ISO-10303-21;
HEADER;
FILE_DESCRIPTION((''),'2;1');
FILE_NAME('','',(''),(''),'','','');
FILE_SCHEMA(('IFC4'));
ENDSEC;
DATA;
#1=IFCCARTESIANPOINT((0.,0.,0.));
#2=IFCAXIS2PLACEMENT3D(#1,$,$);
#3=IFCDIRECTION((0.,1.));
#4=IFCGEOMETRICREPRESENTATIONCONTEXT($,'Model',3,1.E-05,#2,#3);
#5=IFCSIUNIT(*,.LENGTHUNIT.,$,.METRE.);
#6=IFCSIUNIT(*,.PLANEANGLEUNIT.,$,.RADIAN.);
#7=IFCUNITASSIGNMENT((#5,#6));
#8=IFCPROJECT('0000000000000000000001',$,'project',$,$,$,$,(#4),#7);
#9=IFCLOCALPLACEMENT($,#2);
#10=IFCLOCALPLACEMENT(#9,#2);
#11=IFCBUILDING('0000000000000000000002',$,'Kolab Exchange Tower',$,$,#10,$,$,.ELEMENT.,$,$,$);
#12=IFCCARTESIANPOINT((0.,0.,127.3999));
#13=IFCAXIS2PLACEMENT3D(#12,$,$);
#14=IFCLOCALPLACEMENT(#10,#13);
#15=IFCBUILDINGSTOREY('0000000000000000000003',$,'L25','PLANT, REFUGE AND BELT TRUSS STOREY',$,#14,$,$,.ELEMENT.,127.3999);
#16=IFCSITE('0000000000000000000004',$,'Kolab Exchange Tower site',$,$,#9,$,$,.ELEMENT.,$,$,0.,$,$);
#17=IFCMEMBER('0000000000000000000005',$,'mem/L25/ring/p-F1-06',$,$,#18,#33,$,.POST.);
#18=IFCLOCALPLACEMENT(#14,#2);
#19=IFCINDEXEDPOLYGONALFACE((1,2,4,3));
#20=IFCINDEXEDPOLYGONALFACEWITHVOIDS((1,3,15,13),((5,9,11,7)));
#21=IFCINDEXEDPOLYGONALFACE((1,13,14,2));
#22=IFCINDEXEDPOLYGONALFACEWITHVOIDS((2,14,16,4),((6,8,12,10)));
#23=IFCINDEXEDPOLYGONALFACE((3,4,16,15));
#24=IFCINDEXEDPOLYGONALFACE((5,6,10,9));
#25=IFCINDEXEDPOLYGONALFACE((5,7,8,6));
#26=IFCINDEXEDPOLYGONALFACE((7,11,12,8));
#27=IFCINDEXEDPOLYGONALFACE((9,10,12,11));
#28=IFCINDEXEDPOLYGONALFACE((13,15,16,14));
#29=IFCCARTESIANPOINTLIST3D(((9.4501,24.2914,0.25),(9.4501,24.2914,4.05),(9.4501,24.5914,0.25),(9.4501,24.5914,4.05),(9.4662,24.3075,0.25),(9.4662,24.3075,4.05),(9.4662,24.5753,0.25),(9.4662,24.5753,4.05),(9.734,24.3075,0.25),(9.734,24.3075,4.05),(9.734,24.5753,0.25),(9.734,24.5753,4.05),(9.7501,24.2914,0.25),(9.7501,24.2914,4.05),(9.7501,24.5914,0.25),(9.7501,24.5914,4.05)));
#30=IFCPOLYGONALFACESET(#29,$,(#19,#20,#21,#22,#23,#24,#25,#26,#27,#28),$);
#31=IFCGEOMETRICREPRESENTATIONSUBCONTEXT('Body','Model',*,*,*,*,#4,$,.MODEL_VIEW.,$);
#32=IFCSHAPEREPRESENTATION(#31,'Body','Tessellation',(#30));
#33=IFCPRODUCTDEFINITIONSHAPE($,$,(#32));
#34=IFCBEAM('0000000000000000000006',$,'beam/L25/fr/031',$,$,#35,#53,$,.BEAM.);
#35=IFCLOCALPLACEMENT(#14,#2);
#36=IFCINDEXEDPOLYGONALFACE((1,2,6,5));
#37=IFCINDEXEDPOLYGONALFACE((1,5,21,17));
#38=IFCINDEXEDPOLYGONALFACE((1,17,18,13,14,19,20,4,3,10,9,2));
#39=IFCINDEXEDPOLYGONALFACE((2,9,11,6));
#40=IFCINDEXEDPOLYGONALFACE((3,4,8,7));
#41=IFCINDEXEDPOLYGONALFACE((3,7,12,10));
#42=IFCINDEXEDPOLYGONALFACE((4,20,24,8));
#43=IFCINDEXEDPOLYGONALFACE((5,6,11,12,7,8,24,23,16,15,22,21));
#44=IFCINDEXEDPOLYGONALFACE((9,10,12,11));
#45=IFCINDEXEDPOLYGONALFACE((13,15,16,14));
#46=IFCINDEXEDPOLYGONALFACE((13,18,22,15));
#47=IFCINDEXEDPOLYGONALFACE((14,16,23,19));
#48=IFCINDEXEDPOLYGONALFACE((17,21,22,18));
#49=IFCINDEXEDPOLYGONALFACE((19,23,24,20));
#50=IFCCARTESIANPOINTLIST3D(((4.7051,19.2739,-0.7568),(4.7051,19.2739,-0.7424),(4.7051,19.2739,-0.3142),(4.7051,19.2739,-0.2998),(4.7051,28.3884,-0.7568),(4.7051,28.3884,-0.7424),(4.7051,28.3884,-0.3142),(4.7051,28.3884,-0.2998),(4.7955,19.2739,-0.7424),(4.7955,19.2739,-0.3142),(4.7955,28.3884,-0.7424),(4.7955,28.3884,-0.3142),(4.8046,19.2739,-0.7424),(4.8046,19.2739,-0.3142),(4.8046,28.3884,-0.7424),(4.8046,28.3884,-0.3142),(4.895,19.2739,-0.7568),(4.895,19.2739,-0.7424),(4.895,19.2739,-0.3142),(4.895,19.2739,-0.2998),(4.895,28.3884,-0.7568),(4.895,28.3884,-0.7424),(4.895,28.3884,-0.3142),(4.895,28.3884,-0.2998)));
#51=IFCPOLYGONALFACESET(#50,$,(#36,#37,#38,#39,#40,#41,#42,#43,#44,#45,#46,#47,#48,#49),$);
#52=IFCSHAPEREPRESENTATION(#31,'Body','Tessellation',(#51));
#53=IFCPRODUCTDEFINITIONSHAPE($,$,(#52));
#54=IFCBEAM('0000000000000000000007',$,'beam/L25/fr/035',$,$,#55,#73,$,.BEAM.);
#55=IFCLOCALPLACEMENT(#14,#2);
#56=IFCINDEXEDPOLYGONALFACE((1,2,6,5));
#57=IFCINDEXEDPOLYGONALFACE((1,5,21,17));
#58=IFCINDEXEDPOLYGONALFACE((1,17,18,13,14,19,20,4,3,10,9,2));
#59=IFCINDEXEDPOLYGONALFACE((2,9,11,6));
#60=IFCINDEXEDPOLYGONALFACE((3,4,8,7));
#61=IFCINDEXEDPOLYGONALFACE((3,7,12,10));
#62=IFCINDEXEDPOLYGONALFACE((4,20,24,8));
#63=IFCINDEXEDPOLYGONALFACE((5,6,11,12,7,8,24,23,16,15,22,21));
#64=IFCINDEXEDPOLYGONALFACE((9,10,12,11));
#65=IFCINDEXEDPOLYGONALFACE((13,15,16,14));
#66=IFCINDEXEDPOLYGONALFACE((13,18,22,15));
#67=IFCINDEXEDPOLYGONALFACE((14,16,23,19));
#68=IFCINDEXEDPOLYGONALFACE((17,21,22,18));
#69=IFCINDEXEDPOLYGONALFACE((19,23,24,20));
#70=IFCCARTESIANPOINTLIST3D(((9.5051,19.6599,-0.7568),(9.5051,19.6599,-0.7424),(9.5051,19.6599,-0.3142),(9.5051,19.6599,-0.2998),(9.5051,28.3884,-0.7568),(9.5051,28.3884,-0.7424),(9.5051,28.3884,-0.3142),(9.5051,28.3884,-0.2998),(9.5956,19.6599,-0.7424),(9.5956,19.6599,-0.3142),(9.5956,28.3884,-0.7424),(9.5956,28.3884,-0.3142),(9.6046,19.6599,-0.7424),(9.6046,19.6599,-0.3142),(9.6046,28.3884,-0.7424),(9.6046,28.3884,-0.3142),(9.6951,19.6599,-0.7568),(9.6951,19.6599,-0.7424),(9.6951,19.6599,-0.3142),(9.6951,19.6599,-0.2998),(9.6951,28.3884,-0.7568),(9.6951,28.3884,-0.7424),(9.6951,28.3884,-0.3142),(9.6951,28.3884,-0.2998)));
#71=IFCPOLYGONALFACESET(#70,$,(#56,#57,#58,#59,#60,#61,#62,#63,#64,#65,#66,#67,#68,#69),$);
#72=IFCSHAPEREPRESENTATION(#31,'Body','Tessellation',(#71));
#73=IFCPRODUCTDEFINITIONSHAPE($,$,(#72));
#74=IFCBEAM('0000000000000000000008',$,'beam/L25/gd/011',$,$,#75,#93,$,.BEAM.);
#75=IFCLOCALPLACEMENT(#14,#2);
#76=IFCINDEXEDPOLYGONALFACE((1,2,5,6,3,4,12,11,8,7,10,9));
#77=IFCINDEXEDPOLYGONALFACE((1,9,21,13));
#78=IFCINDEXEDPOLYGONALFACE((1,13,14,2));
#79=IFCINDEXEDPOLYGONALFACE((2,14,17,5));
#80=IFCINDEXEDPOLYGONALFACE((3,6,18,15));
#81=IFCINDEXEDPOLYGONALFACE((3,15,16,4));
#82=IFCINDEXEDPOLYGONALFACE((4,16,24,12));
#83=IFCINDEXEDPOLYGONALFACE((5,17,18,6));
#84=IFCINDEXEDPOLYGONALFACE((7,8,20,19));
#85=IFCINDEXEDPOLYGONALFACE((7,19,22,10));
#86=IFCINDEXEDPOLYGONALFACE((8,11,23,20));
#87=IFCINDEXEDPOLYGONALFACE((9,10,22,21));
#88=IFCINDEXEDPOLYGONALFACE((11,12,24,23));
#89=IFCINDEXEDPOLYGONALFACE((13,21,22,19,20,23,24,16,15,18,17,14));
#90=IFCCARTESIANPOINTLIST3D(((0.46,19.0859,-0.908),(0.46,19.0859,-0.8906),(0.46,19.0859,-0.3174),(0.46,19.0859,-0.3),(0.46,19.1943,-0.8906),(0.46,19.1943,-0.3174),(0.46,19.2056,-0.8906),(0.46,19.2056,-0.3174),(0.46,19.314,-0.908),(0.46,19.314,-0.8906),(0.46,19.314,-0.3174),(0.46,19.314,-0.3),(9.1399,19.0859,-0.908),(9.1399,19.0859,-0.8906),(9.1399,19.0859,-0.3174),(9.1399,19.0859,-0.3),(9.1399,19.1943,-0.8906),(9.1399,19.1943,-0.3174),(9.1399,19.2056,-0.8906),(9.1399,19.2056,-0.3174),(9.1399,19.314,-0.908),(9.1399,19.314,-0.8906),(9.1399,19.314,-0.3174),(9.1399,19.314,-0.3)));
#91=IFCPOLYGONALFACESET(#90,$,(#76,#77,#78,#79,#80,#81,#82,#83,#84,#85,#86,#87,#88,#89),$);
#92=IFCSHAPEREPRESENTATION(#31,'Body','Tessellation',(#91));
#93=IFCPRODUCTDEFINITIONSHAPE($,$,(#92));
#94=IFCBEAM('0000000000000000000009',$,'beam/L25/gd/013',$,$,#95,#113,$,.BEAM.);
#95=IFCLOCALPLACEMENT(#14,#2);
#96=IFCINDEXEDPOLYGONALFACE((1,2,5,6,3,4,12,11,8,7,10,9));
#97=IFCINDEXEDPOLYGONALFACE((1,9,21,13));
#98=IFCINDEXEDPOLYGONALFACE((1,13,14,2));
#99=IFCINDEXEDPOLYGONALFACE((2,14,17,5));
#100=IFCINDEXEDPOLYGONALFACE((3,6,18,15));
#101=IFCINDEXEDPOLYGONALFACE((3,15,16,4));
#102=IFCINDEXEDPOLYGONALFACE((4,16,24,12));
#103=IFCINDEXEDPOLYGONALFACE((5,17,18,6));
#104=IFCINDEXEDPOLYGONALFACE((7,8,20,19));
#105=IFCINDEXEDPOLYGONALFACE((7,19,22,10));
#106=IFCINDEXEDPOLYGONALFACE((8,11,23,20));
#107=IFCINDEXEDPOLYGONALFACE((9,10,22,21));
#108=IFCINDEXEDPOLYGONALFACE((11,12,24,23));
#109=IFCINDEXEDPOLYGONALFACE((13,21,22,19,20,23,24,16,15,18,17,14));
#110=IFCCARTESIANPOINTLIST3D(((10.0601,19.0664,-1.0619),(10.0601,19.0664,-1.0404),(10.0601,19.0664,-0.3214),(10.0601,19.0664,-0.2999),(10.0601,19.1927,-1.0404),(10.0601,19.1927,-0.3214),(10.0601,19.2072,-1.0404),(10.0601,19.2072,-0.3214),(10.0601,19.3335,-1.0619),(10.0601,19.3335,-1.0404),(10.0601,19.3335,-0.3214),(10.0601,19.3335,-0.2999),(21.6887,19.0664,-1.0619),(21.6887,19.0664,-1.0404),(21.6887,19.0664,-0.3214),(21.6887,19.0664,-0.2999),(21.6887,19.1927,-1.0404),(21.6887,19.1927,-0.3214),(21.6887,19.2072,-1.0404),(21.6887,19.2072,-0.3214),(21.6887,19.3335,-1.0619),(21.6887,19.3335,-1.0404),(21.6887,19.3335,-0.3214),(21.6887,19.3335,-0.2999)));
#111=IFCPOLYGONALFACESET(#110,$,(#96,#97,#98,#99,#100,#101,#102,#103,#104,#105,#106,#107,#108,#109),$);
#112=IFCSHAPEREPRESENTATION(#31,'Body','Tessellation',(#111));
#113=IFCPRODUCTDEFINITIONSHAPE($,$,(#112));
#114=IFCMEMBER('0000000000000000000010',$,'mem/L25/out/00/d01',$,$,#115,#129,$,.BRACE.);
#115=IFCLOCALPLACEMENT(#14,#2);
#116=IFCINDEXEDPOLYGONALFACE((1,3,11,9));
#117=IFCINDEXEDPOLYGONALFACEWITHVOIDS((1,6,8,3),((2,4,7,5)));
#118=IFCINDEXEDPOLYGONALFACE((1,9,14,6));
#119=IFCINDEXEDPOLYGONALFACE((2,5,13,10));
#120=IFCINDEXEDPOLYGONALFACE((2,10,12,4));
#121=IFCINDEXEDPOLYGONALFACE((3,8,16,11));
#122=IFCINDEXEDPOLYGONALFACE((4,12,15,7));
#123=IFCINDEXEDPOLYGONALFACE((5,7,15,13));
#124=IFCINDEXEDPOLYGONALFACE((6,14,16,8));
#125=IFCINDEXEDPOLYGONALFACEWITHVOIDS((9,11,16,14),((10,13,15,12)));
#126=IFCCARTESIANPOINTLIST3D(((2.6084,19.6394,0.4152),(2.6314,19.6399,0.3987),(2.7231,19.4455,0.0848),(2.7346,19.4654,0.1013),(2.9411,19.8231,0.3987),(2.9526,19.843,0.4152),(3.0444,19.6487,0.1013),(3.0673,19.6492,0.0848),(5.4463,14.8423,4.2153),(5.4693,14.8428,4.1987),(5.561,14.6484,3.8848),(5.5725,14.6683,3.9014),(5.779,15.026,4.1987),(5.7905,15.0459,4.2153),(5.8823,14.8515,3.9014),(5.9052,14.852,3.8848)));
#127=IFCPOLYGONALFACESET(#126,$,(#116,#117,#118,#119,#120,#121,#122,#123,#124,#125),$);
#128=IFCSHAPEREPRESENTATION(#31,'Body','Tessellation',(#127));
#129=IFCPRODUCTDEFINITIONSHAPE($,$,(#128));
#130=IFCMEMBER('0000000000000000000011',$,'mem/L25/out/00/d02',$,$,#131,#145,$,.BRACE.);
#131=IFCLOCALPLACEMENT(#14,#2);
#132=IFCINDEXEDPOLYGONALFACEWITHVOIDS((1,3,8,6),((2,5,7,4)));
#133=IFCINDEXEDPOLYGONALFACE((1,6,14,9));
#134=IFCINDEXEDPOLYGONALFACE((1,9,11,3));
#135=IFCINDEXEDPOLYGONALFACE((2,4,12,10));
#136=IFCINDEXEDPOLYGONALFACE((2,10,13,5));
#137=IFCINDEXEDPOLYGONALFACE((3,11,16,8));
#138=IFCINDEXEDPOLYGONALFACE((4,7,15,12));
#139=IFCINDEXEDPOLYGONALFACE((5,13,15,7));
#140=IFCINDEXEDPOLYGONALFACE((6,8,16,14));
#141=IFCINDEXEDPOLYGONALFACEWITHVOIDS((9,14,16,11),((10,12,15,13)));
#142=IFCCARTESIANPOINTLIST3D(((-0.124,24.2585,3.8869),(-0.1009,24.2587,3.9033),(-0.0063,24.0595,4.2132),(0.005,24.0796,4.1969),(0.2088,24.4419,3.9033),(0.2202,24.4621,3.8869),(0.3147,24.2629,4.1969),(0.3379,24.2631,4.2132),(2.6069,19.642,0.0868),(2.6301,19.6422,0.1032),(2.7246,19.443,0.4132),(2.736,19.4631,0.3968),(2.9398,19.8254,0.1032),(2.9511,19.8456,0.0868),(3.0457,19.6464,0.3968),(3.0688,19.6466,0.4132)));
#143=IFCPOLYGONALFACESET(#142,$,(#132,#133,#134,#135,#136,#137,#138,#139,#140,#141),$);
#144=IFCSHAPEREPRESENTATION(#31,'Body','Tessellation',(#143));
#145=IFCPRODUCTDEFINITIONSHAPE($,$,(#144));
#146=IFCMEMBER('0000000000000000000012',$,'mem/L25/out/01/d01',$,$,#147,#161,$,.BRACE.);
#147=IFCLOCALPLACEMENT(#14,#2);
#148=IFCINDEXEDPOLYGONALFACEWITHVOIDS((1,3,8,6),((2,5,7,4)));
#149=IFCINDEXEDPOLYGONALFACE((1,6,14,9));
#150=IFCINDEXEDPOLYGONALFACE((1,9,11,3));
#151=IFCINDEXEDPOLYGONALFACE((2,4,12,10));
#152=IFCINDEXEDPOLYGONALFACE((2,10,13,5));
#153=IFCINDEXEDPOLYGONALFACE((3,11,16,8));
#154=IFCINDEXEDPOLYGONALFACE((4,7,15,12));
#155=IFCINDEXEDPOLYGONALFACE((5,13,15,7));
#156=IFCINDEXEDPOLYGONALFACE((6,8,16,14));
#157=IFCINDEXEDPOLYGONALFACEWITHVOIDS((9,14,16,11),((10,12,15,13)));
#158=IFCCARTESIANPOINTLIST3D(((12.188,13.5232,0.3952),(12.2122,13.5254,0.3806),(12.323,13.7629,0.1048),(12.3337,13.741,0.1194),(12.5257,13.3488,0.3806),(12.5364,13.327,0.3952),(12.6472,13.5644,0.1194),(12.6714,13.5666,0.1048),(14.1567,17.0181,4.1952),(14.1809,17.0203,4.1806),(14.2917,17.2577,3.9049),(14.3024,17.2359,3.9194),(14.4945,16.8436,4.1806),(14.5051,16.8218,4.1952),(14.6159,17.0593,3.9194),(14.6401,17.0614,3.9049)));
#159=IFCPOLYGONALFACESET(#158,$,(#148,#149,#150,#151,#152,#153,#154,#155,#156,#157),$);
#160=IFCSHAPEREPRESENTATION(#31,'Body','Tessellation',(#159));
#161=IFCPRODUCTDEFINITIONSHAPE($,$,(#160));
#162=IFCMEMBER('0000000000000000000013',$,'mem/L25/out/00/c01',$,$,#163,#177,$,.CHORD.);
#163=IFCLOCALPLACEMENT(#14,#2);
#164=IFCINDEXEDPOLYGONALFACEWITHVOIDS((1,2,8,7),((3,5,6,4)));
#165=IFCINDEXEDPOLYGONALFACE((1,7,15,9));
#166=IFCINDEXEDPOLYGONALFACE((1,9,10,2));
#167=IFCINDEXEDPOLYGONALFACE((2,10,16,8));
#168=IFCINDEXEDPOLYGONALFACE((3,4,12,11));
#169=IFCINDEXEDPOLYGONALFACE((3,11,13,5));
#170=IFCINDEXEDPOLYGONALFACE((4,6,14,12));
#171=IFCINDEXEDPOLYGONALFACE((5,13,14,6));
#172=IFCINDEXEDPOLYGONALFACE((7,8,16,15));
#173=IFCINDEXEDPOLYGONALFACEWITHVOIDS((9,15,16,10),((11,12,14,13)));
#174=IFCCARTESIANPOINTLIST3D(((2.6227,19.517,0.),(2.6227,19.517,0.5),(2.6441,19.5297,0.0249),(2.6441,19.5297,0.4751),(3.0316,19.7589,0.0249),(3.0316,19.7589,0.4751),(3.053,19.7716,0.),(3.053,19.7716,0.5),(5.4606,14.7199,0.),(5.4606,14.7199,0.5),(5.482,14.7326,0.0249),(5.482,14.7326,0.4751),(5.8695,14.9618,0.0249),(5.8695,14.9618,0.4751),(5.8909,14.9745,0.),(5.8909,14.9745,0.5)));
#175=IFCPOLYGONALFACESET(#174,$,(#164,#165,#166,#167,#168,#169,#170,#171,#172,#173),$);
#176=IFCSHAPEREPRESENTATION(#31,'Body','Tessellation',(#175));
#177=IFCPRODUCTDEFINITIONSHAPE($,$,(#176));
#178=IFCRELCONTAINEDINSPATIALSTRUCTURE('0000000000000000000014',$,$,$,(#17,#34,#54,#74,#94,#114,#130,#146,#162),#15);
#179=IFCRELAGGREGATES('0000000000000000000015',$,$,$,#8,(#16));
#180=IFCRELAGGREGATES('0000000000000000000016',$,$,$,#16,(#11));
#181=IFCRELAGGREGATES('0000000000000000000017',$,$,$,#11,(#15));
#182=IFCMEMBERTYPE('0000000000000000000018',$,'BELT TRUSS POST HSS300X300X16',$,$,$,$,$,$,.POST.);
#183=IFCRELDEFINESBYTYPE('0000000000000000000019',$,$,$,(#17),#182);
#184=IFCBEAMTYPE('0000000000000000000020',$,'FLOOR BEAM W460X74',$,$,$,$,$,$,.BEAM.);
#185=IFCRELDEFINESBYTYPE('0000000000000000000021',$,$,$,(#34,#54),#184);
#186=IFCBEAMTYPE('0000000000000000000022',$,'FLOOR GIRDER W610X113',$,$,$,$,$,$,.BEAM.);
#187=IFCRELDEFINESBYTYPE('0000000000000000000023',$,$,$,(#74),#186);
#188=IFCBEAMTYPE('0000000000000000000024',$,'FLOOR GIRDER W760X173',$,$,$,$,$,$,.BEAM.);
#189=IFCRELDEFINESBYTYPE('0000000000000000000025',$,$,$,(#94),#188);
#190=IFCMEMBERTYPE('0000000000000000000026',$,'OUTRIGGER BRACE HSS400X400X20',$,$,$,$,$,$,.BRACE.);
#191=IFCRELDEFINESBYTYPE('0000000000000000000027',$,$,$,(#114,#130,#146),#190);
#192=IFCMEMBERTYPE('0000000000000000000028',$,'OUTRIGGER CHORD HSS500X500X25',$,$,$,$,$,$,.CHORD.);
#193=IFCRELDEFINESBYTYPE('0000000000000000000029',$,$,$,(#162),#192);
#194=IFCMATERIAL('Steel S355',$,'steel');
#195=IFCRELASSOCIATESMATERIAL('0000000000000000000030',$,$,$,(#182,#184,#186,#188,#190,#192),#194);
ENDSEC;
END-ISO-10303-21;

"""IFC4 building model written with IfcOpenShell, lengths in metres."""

from ifc_helpers import new_model, si_unit, direction, frame, origin, origin_2d, place, context, subcontext, project, spatial, hollow_rectangle, i_section, extrude, material, material_profile, profile_set, type_object, element, save


model = new_model("IFC4")

# Units and contexts
model_context = context("Model", 3, precision=1e-05, world=origin(), true_north=direction((0.0, 1.0)))
body_context = subcontext(model_context, "Body", "Model", "MODEL_VIEW")
ifc_project = project(units=[si_unit("LENGTHUNIT", "METRE"), si_unit("PLANEANGLEUNIT", "RADIAN")], contexts=[model_context])

# Site, building, storey
site_placement = place(None, origin())
site = spatial("IfcSite", under=ifc_project, at=site_placement, Name="Kolab Exchange Tower site", CompositionType="ELEMENT", RefElevation=0.0)
building_placement = place(site_placement, origin())
building = spatial("IfcBuilding", under=site, at=building_placement, Name="Kolab Exchange Tower", CompositionType="ELEMENT")
storey_placement = place(building_placement, frame((0.0, 0.0, 127.3999)))
storey = spatial("IfcBuildingStorey", under=building, at=storey_placement, Name="L25", Description="PLANT, REFUGE AND BELT TRUSS STOREY", CompositionType="ELEMENT", Elevation=127.3999)

# Shared definitions
ifc_material_1 = material(Name="Steel S355", Category="steel")

# Member
ifc_material_profile_1 = material_profile(ifc_material_1, hollow_rectangle(XDim=0.3, YDim=0.3, WallThickness=0.0161, at=origin_2d()), Name="HSS300X300X16")
ifc_profile_set_1 = profile_set([ifc_material_profile_1], Name="Steel S355")
member_type_1 = type_object("IfcMemberType", Name="BELT TRUSS POST HSS300X300X16", PredefinedType="POST", material=ifc_profile_set_1)
for number, where, z_axis, x_axis, name in (
    (1, (9.6001, 24.4414, 0.25), (0.0, 0.0, 1.0), (1.0, 0.0, 0.0), "mem/L25/ring/p-F1-06"),
):
    element("IfcMember", number, at=place(storey_placement, frame(where, z_axis=z_axis, x_axis=x_axis)), inside=storey, type_object=member_type_1, Name=name, PredefinedType="POST", context=body_context, shape_type="SweptSolid", body=[
        extrude(hollow_rectangle(XDim=0.3, YDim=0.3, WallThickness=0.0161, at=origin_2d()), origin(), (0.0, 0.0, 1.0), 3.8),
    ])

# Beams
ifc_material_profile_2 = material_profile(ifc_material_1, i_section(OverallWidth=0.1899, OverallDepth=0.457, WebThickness=0.009, FlangeThickness=0.0144, at=origin_2d()), Name="W460X74")
ifc_profile_set_2 = profile_set([ifc_material_profile_2], Name="Steel S355")
beam_type_1 = type_object("IfcBeamType", Name="FLOOR BEAM W460X74", PredefinedType="BEAM", material=ifc_profile_set_2)
beam_1_placement = place(storey_placement, frame((4.8, 19.2739, -0.5283), z_axis=(0.0, 1.0, 0.0), x_axis=(-1.0, 0.0, 0.0)))
element("IfcBeam", 2, at=beam_1_placement, inside=storey, type_object=beam_type_1, Name="beam/L25/fr/031", PredefinedType="BEAM", context=body_context, shape_type="SweptSolid", body=[
    extrude(i_section(OverallWidth=0.1899, OverallDepth=0.457, WebThickness=0.009, FlangeThickness=0.0144, at=origin_2d()), origin(), (0.0, 0.0, 1.0), 9.1145),
])
beam_2_placement = place(storey_placement, frame((9.6001, 19.6599, -0.5283), z_axis=(0.0, 1.0, 0.0), x_axis=(-1.0, 0.0, 0.0)))
element("IfcBeam", 3, at=beam_2_placement, inside=storey, type_object=beam_type_1, Name="beam/L25/fr/035", PredefinedType="BEAM", context=body_context, shape_type="SweptSolid", body=[
    extrude(i_section(OverallWidth=0.1899, OverallDepth=0.457, WebThickness=0.009, FlangeThickness=0.0144, at=origin_2d()), origin(), (0.0, 0.0, 1.0), 8.7285),
])
ifc_material_profile_3 = material_profile(ifc_material_1, i_section(OverallWidth=0.228, OverallDepth=0.6079, WebThickness=0.0112, FlangeThickness=0.0173, at=origin_2d()), Name="W610X113")
ifc_profile_set_3 = profile_set([ifc_material_profile_3], Name="Steel S355")
beam_type_2 = type_object("IfcBeamType", Name="FLOOR GIRDER W610X113", PredefinedType="BEAM", material=ifc_profile_set_3)
beam_3_placement = place(storey_placement, frame((0.46, 19.2, -0.604), z_axis=(1.0, 0.0, 0.0), x_axis=(0.0, 1.0, 0.0)))
element("IfcBeam", 4, at=beam_3_placement, inside=storey, type_object=beam_type_2, Name="beam/L25/gd/011", PredefinedType="BEAM", context=body_context, shape_type="SweptSolid", body=[
    extrude(i_section(OverallWidth=0.228, OverallDepth=0.6079, WebThickness=0.0112, FlangeThickness=0.0173, at=origin_2d()), origin(), (0.0, 0.0, 1.0), 8.6799),
])
ifc_material_profile_4 = material_profile(ifc_material_1, i_section(OverallWidth=0.2671, OverallDepth=0.762, WebThickness=0.0144, FlangeThickness=0.0215, at=origin_2d()), Name="W760X173")
ifc_profile_set_4 = profile_set([ifc_material_profile_4], Name="Steel S355")
beam_type_3 = type_object("IfcBeamType", Name="FLOOR GIRDER W760X173", PredefinedType="BEAM", material=ifc_profile_set_4)
beam_4_placement = place(storey_placement, frame((10.0601, 19.2, -0.6809), z_axis=(1.0, 0.0, 0.0), x_axis=(0.0, 1.0, 0.0)))
element("IfcBeam", 5, at=beam_4_placement, inside=storey, type_object=beam_type_3, Name="beam/L25/gd/013", PredefinedType="BEAM", context=body_context, shape_type="SweptSolid", body=[
    extrude(i_section(OverallWidth=0.2671, OverallDepth=0.762, WebThickness=0.0144, FlangeThickness=0.0215, at=origin_2d()), origin(), (0.0, 0.0, 1.0), 11.6287),
])

# Members
ifc_material_profile_5 = material_profile(ifc_material_1, hollow_rectangle(XDim=0.3999, YDim=0.3999, WallThickness=0.02, at=origin_2d()), Name="HSS400X400X20")
ifc_profile_set_5 = profile_set([ifc_material_profile_5], Name="Steel S355")
member_type_2 = type_object("IfcMemberType", Name="OUTRIGGER BRACE HSS400X400X20", PredefinedType="BRACE", material=ifc_profile_set_5)
member_1_placement = place(storey_placement, frame((5.6758, 14.8472, 4.05), z_axis=(-0.420688, 0.711123, -0.563317), x_axis=(-0.860673, -0.509159, 0.0)))
element("IfcMember", 6, at=member_1_placement, inside=storey, type_object=member_type_2, Name="mem/L25/out/00/d01", PredefinedType="BRACE", context=body_context, shape_type="SweptSolid", body=[
    extrude(hollow_rectangle(XDim=0.3999, YDim=0.3999, WallThickness=0.02, at=origin_2d()), origin(), (0.0, 0.0, 1.0), 6.7458),
])
member_2_placement = place(storey_placement, frame((2.8379, 19.6443, 0.25), z_axis=(-0.415453, 0.702289, 0.578091), x_axis=(-0.860677, -0.509151, 0.0)))
element("IfcMember", 7, at=member_2_placement, inside=storey, type_object=member_type_2, Name="mem/L25/out/00/d02", PredefinedType="BRACE", context=body_context, shape_type="SweptSolid", body=[
    extrude(hollow_rectangle(XDim=0.3999, YDim=0.3999, WallThickness=0.02, at=origin_2d()), origin(), (0.0, 0.0, 1.0), 6.5735),
])
member_3_placement = place(storey_placement, frame((12.4297, 13.5449, 0.25), z_axis=(0.356306, 0.632506, 0.687737), x_axis=(-0.871268, 0.490807, 0.0)))
element("IfcMember", 8, at=member_3_placement, inside=storey, type_object=member_type_2, Name="mem/L25/out/01/d01", PredefinedType="BRACE", context=body_context, shape_type="SweptSolid", body=[
    extrude(hollow_rectangle(XDim=0.3999, YDim=0.3999, WallThickness=0.02, at=origin_2d()), origin(), (0.0, 0.0, 1.0), 5.5254),
])
ifc_material_profile_6 = material_profile(ifc_material_1, hollow_rectangle(XDim=0.5, YDim=0.5, WallThickness=0.0249, at=origin_2d()), Name="HSS500X500X25")
ifc_profile_set_6 = profile_set([ifc_material_profile_6], Name="Steel S355")
member_type_3 = type_object("IfcMemberType", Name="OUTRIGGER CHORD HSS500X500X25", PredefinedType="CHORD", material=ifc_profile_set_6)
member_4_placement = place(storey_placement, frame((5.6758, 14.8472, 0.25), z_axis=(-0.509159, 0.860673, 0.0), x_axis=(-0.860673, -0.509159, 0.0)))
element("IfcMember", 9, at=member_4_placement, inside=storey, type_object=member_type_3, Name="mem/L25/out/00/c01", PredefinedType="CHORD", context=body_context, shape_type="SweptSolid", body=[
    extrude(hollow_rectangle(XDim=0.5, YDim=0.5, WallThickness=0.0249, at=origin_2d()), origin(), (0.0, 0.0, 1.0), 5.5737),
])

save(model, "model.ifc")
